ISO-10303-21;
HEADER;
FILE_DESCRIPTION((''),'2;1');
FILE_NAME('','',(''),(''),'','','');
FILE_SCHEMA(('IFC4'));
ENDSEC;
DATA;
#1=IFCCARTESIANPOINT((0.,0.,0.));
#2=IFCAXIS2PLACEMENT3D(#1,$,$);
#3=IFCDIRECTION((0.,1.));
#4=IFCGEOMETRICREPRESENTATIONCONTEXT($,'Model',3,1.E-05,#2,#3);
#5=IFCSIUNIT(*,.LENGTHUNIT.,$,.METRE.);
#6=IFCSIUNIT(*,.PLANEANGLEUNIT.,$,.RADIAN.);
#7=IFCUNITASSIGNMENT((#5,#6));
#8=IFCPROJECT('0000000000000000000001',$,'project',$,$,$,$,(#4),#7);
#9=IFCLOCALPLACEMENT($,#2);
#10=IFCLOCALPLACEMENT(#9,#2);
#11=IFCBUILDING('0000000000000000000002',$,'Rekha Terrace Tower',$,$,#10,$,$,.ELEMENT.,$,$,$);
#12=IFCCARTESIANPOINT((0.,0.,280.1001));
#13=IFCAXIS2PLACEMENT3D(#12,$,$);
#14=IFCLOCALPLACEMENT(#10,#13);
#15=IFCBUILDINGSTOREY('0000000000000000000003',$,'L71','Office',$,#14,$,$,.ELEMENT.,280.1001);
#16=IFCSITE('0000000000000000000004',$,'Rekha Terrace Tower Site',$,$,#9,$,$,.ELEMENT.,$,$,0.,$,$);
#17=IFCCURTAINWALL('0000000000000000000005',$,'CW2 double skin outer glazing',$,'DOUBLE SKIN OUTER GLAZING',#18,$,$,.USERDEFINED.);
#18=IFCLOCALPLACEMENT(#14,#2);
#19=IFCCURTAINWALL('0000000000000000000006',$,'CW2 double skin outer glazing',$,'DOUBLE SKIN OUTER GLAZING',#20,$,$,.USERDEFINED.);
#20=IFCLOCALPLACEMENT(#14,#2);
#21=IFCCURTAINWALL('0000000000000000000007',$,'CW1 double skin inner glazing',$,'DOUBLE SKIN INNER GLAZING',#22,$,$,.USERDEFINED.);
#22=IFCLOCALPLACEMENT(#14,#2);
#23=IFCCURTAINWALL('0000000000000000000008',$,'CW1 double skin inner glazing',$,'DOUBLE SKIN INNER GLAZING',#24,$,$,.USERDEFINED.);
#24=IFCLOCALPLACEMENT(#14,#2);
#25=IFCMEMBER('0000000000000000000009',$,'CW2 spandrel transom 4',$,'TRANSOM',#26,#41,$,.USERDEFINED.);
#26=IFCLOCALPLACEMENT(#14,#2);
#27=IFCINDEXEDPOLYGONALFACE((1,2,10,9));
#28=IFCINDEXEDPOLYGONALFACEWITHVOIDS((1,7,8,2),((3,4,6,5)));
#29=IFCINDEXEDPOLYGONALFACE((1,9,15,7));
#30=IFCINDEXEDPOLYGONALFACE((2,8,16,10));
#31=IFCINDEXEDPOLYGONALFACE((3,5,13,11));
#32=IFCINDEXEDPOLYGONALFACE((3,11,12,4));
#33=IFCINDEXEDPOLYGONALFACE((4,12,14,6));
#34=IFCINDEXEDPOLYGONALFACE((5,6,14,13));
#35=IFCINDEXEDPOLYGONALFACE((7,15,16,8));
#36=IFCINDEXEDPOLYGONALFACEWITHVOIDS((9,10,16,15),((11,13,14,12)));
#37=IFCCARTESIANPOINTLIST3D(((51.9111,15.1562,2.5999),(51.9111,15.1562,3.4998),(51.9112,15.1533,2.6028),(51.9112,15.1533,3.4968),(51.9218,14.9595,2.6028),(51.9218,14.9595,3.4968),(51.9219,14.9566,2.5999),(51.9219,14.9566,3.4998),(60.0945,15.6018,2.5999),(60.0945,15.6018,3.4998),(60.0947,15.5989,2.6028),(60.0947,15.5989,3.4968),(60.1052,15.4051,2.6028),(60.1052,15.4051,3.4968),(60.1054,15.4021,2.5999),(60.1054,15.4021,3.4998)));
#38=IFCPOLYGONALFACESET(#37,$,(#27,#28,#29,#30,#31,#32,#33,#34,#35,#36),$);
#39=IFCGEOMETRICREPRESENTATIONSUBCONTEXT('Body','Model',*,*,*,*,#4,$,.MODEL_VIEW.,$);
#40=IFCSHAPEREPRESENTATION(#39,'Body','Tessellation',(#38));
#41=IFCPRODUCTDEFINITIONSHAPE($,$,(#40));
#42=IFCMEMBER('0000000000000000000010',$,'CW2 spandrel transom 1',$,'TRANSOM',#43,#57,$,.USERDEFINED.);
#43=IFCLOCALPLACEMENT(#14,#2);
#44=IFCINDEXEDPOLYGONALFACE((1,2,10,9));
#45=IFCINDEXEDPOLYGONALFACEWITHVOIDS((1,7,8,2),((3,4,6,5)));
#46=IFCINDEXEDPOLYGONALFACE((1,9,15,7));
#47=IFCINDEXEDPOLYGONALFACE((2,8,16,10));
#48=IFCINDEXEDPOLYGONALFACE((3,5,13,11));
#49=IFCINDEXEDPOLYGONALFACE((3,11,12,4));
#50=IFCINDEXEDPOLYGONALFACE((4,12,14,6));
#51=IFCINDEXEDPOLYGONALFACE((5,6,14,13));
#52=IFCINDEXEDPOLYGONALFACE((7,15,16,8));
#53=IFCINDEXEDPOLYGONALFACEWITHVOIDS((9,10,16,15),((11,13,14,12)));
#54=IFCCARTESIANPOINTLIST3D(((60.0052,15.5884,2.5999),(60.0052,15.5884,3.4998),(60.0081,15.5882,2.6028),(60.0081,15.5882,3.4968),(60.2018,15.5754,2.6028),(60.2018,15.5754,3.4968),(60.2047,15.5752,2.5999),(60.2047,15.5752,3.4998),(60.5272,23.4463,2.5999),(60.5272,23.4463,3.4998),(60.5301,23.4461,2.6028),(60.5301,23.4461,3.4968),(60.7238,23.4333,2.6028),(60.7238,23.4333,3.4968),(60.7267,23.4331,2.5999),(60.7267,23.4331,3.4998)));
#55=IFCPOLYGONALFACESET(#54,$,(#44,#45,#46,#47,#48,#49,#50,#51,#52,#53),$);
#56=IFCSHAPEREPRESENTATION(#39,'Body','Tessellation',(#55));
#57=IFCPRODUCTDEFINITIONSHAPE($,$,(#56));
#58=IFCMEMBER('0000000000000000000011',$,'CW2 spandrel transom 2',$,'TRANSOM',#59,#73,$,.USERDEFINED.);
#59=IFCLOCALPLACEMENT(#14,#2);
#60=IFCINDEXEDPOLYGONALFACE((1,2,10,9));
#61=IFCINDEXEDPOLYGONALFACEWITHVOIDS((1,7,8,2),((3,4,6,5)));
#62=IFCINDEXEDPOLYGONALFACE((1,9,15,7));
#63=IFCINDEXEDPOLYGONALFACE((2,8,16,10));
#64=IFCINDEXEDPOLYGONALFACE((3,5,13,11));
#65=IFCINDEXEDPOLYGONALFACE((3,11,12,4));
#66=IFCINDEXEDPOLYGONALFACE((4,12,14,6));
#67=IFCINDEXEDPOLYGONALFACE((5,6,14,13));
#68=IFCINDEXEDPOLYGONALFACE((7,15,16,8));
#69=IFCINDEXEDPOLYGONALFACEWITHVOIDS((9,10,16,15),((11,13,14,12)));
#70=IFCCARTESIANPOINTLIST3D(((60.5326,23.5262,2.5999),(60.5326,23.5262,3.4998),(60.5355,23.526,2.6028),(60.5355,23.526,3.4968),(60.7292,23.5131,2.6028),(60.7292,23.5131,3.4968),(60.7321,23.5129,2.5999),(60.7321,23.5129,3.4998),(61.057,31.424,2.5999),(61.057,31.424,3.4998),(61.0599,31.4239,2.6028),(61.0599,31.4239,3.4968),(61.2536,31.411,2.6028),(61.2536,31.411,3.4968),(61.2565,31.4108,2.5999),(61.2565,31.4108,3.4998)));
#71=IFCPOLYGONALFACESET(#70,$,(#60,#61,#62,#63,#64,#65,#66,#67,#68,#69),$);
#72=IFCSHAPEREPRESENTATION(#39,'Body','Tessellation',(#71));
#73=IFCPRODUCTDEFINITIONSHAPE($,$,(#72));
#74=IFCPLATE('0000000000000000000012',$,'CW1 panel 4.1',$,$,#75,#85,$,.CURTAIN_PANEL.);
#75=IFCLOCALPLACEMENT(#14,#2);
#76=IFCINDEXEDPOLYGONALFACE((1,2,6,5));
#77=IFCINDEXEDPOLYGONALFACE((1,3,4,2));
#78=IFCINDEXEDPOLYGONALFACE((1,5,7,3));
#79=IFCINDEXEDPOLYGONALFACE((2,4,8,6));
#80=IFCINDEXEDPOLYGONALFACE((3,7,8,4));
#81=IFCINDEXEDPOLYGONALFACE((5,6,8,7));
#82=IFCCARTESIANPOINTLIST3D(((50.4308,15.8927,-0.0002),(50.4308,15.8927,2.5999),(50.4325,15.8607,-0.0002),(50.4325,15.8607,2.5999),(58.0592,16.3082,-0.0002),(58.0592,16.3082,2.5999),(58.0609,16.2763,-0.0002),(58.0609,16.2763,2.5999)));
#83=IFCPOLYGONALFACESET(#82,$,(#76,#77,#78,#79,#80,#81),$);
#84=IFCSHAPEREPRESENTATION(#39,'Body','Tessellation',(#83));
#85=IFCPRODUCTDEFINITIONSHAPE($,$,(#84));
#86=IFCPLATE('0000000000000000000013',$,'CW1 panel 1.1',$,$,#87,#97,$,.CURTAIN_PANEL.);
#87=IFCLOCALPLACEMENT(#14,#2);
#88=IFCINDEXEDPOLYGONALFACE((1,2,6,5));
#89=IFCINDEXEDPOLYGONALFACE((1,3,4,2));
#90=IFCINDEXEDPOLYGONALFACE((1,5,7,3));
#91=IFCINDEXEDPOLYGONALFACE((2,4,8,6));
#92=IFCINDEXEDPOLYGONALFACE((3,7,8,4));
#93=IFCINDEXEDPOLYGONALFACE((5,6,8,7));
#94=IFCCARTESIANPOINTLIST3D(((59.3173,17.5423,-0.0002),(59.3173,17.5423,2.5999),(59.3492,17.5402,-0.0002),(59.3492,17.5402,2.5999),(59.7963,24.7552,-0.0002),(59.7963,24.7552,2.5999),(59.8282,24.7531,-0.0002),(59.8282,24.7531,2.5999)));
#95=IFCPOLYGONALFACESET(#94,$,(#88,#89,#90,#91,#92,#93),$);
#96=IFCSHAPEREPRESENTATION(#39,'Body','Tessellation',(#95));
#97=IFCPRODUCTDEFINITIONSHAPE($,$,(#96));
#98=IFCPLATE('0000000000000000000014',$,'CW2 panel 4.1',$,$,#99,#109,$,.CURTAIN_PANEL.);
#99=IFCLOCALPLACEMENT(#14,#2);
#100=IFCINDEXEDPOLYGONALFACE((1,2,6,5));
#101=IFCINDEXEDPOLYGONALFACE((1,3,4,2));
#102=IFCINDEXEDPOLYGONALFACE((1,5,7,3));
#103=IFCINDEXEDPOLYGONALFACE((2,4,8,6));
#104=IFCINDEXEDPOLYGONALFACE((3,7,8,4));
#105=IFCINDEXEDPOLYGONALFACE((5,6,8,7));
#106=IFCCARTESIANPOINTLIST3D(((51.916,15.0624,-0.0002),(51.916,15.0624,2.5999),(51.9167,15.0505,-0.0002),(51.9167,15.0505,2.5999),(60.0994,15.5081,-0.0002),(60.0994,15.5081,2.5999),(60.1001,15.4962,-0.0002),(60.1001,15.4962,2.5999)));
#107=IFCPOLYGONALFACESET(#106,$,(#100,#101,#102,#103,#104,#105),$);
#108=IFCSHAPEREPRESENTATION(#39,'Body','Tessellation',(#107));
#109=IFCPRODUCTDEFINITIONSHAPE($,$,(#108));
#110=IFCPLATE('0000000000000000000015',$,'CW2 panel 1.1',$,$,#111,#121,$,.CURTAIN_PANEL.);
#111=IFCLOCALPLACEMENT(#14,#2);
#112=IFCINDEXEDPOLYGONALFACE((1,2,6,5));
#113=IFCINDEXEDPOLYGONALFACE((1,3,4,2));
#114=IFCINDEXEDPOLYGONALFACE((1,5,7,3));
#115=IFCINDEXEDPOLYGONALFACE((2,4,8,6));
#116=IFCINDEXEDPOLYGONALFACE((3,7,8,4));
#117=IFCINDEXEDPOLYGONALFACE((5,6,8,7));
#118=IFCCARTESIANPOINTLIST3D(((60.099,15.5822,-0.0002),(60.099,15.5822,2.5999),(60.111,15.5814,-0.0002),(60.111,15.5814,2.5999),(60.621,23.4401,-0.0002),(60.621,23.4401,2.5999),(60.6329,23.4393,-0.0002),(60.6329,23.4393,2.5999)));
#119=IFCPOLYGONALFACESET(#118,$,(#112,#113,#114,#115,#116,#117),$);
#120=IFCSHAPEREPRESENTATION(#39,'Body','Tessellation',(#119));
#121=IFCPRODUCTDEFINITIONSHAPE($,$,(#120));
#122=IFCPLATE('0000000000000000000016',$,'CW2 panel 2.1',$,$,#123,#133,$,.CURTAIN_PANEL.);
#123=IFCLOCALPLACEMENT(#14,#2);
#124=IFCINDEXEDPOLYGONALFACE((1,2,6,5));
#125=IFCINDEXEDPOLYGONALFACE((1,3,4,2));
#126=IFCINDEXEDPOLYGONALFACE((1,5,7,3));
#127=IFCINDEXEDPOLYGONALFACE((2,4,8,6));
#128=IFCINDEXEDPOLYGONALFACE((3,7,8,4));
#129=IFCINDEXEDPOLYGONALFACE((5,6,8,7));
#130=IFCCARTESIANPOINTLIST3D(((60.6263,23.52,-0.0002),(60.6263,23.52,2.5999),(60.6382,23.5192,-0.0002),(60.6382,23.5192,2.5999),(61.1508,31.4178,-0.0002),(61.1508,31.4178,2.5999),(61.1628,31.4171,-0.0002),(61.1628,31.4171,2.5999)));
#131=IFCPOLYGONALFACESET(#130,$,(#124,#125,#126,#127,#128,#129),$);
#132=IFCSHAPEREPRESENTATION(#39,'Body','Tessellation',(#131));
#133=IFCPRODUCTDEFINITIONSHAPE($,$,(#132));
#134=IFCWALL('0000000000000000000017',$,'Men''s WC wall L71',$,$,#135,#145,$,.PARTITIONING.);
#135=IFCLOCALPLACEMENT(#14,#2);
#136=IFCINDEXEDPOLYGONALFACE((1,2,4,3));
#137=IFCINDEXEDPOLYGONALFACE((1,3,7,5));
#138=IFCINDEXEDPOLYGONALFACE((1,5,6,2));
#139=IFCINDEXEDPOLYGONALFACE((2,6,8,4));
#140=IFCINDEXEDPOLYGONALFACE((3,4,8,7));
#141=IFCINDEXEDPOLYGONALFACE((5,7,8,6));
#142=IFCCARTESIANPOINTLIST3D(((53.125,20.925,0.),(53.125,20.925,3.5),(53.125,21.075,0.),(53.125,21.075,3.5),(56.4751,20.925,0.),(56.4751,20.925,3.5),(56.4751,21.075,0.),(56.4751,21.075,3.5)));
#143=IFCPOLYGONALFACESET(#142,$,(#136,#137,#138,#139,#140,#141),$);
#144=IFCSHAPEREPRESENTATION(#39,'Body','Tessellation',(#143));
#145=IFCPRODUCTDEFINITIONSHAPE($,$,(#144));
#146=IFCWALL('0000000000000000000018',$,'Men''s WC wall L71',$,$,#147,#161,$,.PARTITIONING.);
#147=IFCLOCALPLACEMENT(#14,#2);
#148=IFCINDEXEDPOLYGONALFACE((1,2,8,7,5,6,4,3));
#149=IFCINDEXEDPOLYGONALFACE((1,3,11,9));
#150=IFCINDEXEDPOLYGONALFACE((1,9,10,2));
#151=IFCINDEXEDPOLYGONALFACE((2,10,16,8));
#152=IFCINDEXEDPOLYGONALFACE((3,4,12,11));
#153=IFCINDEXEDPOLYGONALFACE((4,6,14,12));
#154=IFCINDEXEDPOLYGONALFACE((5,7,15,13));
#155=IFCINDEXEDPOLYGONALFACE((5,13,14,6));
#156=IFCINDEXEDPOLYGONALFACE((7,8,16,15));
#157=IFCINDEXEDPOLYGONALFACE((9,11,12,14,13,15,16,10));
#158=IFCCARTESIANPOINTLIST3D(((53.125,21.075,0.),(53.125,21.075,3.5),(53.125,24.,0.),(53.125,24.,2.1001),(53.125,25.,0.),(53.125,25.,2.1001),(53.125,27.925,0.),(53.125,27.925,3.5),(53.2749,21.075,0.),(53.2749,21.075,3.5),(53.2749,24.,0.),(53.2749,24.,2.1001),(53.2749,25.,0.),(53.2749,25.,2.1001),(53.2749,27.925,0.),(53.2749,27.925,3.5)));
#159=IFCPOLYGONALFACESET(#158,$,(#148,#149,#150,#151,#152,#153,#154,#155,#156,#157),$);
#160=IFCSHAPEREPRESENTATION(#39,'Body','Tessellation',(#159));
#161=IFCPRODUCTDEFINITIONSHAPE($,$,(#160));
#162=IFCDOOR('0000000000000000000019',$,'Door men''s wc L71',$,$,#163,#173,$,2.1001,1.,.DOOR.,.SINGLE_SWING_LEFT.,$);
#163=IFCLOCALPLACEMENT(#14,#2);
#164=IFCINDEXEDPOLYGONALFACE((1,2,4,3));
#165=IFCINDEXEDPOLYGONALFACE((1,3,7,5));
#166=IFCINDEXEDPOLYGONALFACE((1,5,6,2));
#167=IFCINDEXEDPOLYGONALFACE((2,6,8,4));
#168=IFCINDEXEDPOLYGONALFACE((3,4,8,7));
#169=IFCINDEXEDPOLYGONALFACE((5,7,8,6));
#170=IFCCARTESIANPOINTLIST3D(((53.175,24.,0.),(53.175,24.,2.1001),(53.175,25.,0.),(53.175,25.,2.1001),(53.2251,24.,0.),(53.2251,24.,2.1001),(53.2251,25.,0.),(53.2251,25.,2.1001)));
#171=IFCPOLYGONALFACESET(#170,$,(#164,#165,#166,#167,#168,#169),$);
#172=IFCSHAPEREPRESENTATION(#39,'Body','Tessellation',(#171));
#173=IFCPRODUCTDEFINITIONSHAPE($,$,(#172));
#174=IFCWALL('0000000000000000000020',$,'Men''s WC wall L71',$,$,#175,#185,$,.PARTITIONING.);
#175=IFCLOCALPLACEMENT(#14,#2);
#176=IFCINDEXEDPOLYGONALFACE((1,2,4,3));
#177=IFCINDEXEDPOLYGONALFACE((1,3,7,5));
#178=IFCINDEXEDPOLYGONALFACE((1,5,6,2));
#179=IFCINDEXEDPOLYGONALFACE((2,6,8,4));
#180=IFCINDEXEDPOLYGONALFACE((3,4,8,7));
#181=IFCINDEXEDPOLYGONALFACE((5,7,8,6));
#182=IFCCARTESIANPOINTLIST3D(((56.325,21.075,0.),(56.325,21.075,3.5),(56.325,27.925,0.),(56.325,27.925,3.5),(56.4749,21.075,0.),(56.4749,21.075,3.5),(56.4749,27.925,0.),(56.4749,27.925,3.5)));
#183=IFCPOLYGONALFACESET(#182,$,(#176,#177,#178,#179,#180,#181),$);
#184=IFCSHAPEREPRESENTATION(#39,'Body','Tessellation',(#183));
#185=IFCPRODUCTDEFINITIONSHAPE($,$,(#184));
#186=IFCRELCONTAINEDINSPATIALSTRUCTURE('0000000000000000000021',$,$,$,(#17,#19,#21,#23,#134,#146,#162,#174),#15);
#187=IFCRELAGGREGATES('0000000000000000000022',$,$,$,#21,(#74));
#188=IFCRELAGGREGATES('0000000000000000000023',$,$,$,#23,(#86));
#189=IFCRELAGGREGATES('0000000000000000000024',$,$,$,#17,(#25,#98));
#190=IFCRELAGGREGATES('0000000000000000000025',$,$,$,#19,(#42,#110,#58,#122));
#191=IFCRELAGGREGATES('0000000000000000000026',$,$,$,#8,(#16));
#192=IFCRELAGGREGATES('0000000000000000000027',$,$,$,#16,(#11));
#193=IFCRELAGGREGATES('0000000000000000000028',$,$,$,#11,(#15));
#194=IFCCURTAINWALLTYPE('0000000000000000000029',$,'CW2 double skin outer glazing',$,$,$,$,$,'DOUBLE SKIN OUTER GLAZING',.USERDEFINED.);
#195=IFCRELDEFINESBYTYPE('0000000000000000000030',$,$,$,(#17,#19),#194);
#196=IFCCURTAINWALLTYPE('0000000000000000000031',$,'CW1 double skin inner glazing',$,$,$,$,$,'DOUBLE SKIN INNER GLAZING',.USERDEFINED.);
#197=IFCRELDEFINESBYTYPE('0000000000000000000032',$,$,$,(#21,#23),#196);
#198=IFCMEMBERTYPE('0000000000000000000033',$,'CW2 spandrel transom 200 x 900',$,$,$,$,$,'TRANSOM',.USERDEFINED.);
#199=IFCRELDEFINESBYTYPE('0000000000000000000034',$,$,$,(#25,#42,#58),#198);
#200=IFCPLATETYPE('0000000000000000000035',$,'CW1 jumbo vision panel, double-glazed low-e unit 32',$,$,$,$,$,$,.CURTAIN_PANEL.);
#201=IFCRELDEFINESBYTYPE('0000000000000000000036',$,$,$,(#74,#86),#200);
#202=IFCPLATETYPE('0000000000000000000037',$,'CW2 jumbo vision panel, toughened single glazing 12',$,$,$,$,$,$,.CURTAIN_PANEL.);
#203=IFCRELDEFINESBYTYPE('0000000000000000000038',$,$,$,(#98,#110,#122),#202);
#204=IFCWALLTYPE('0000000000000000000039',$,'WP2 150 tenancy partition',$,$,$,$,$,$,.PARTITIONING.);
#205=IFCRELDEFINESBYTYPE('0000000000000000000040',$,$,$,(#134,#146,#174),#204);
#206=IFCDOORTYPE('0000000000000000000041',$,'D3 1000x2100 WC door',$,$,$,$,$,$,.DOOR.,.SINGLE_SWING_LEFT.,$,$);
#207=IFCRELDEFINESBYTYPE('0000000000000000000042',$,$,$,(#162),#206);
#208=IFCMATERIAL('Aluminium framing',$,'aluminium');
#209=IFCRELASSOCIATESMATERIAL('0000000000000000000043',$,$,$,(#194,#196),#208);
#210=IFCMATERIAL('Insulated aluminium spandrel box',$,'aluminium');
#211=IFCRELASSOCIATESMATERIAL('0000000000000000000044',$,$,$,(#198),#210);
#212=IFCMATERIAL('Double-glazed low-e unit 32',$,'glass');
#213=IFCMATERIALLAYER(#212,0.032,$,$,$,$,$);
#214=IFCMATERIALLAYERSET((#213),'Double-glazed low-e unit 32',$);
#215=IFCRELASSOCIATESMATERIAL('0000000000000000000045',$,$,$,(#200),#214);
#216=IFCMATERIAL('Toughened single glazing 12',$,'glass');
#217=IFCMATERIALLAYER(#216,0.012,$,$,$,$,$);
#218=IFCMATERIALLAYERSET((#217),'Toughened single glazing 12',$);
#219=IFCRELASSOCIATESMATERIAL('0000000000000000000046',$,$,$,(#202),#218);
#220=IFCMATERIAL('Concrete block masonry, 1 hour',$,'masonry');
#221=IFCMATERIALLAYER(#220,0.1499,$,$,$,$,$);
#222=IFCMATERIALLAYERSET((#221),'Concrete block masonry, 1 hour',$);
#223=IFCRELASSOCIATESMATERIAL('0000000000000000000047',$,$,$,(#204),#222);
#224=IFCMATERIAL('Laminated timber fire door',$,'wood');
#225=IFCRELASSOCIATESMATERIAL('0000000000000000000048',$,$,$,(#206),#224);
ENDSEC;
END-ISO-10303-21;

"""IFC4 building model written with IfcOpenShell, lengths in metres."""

from ifc_helpers import new_model, si_unit, direction, frame, frame_2d, origin, origin_2d, place, context, subcontext, project, spatial, rectangle, hollow_rectangle, extrude, material, layer, layer_set, material_profile, profile_set, type_object, element, fill, aggregate, save


model = new_model("IFC4")

# Units and contexts
model_context = context("Model", 3, precision=1e-05, world=origin(), true_north=direction((0.0, 1.0)))
body_context = subcontext(model_context, "Body", "Model", "MODEL_VIEW")
ifc_project = project(units=[si_unit("LENGTHUNIT", "METRE"), si_unit("PLANEANGLEUNIT", "RADIAN")], contexts=[model_context])

# Site, building, storey
site_placement = place(None, origin())
site = spatial("IfcSite", under=ifc_project, at=site_placement, Name="Rekha Terrace Tower Site", CompositionType="ELEMENT", RefElevation=0.0)
building_placement = place(site_placement, origin())
building = spatial("IfcBuilding", under=site, at=building_placement, Name="Rekha Terrace Tower", CompositionType="ELEMENT")
storey_placement = place(building_placement, frame((0.0, 0.0, 280.1001)))
storey = spatial("IfcBuildingStorey", under=building, at=storey_placement, Name="L71", Description="Office", CompositionType="ELEMENT", Elevation=280.1001)

# Curtain walls
ifc_material_1 = material(Name="Aluminium framing", Category="aluminium")
curtain_wall_type_1 = type_object("IfcCurtainWallType", Name="CW2 double skin outer glazing", ElementType="DOUBLE SKIN OUTER GLAZING", PredefinedType="USERDEFINED", material=ifc_material_1)
curtain_wall_1_placement = place(storey_placement, origin())
curtain_wall_1 = element("IfcCurtainWall", 1, at=curtain_wall_1_placement, inside=storey, type_object=curtain_wall_type_1, Name="CW2 double skin outer glazing", ObjectType="DOUBLE SKIN OUTER GLAZING", PredefinedType="USERDEFINED")
curtain_wall_2_placement = place(storey_placement, origin())
curtain_wall_2 = element("IfcCurtainWall", 2, at=curtain_wall_2_placement, inside=storey, type_object=curtain_wall_type_1, Name="CW2 double skin outer glazing", ObjectType="DOUBLE SKIN OUTER GLAZING", PredefinedType="USERDEFINED")
curtain_wall_type_2 = type_object("IfcCurtainWallType", Name="CW1 double skin inner glazing", ElementType="DOUBLE SKIN INNER GLAZING", PredefinedType="USERDEFINED", material=ifc_material_1)
curtain_wall_3_placement = place(storey_placement, origin())
curtain_wall_3 = element("IfcCurtainWall", 3, at=curtain_wall_3_placement, inside=storey, type_object=curtain_wall_type_2, Name="CW1 double skin inner glazing", ObjectType="DOUBLE SKIN INNER GLAZING", PredefinedType="USERDEFINED")

# Curtain wall
curtain_wall_4_placement = place(storey_placement, origin())
curtain_wall_4 = element("IfcCurtainWall", 4, at=curtain_wall_4_placement, inside=storey, type_object=curtain_wall_type_2, Name="CW1 double skin inner glazing", ObjectType="DOUBLE SKIN INNER GLAZING", PredefinedType="USERDEFINED")
ifc_material_2 = material(Name="Insulated aluminium spandrel box", Category="aluminium")

# Members
ifc_material_profile_1 = material_profile(ifc_material_2, hollow_rectangle(XDim=0.2, YDim=0.8999, WallThickness=0.0029, at=origin_2d()), Name="AL SPANDREL BOX 200x900")
ifc_profile_set_1 = profile_set([ifc_material_profile_1], Name="Insulated aluminium spandrel box")
member_type_1 = type_object("IfcMemberType", Name="CW2 spandrel transom 200 x 900", ElementType="TRANSOM", PredefinedType="USERDEFINED", material=ifc_profile_set_1)
member_1_placement = place(storey_placement, frame((51.9165, 15.0564, 3.0498), z_axis=(0.998521, 0.054366, 0.0), x_axis=(-0.054366, 0.998521, 0.0)))
member_1 = element("IfcMember", 5, at=member_1_placement, type_object=member_type_1, Name="CW2 spandrel transom 4", ObjectType="TRANSOM", PredefinedType="USERDEFINED", context=body_context, shape_type="SweptSolid", body=[
    extrude(hollow_rectangle(XDim=0.2, YDim=0.8999, WallThickness=0.0029, at=origin_2d()), origin(), (0.0, 0.0, 1.0), 8.1956),
])
member_2_placement = place(storey_placement, frame((60.105, 15.5818, 3.0498), z_axis=(0.06628, 0.997801, 0.0), x_axis=(-0.997801, 0.06628, 0.0)))
member_2 = element("IfcMember", 6, at=member_2_placement, type_object=member_type_1, Name="CW2 spandrel transom 1", ObjectType="TRANSOM", PredefinedType="USERDEFINED", context=body_context, shape_type="SweptSolid", body=[
    extrude(hollow_rectangle(XDim=0.2, YDim=0.8999, WallThickness=0.0029, at=origin_2d()), origin(), (0.0, 0.0, 1.0), 7.8752),
])
member_3_placement = place(storey_placement, frame((60.6323, 23.5195, 3.0498), z_axis=(0.066253, 0.997803, 0.0), x_axis=(-0.997803, 0.066253, 0.0)))
member_3 = element("IfcMember", 7, at=member_3_placement, type_object=member_type_1, Name="CW2 spandrel transom 2", ObjectType="TRANSOM", PredefinedType="USERDEFINED", context=body_context, shape_type="SweptSolid", body=[
    extrude(hollow_rectangle(XDim=0.2, YDim=0.8999, WallThickness=0.0029, at=origin_2d()), origin(), (0.0, 0.0, 1.0), 7.9153),
])

# Plates
ifc_material_3 = material(Name="Double-glazed low-e unit 32", Category="glass")
ifc_layer_1 = layer(ifc_material_3, 0.032)
ifc_layer_set_1 = layer_set([ifc_layer_1], Name="Double-glazed low-e unit 32")
plate_type_1 = type_object("IfcPlateType", Name="CW1 jumbo vision panel, double-glazed low-e unit 32", PredefinedType="CURTAIN_PANEL", material=ifc_layer_set_1)
plate_1_placement = place(storey_placement, frame((54.2458, 16.0845, -0.0002), z_axis=(0.0, 0.0, 1.0), x_axis=(0.99852, 0.054389, 0.0)))
plate_1 = element("IfcPlate", 8, at=plate_1_placement, type_object=plate_type_1, Name="CW1 panel 4.1", PredefinedType="CURTAIN_PANEL", context=body_context, shape_type="SweptSolid", body=[
    extrude(rectangle(XDim=7.6396, YDim=0.032, at=origin_2d()), origin(), (0.0, 0.0, 1.0), 2.6001),
])
aggregate(curtain_wall_3, [plate_1])
plate_2_placement = place(storey_placement, frame((59.5728, 21.1477, -0.0002), z_axis=(0.0, 0.0, 1.0), x_axis=(0.066272, 0.997802, 0.0)))
plate_2 = element("IfcPlate", 9, at=plate_2_placement, type_object=plate_type_1, Name="CW1 panel 1.1", PredefinedType="CURTAIN_PANEL", context=body_context, shape_type="SweptSolid", body=[
    extrude(rectangle(XDim=7.2288, YDim=0.032, at=origin_2d()), origin(), (0.0, 0.0, 1.0), 2.6001),
])
aggregate(curtain_wall_4, [plate_2])
ifc_material_4 = material(Name="Toughened single glazing 12", Category="glass")
ifc_layer_2 = layer(ifc_material_4, 0.012)
ifc_layer_set_2 = layer_set([ifc_layer_2], Name="Toughened single glazing 12")
plate_type_2 = type_object("IfcPlateType", Name="CW2 jumbo vision panel, toughened single glazing 12", PredefinedType="CURTAIN_PANEL", material=ifc_layer_set_2)
plate_3_placement = place(storey_placement, frame((56.0081, 15.2793, -0.0002), z_axis=(0.0, 0.0, 1.0), x_axis=(0.99852, 0.054389, 0.0)))
plate_3 = element("IfcPlate", 10, at=plate_3_placement, type_object=plate_type_2, Name="CW2 panel 4.1", PredefinedType="CURTAIN_PANEL", context=body_context, shape_type="SweptSolid", body=[
    extrude(rectangle(XDim=8.1956, YDim=0.012, at=origin_2d()), origin(), (0.0, 0.0, 1.0), 2.6001),
])
aggregate(curtain_wall_1, [member_1, plate_3])
plate_4_placement = place(storey_placement, frame((60.366, 19.5107, -0.0002), z_axis=(0.0, 0.0, 1.0), x_axis=(0.066272, 0.997802, 0.0)))
plate_4 = element("IfcPlate", 11, at=plate_4_placement, type_object=plate_type_2, Name="CW2 panel 1.1", PredefinedType="CURTAIN_PANEL", context=body_context, shape_type="SweptSolid", body=[
    extrude(rectangle(XDim=7.8752, YDim=0.012, at=origin_2d()), origin(), (0.0, 0.0, 1.0), 2.6001),
])
plate_5_placement = place(storey_placement, frame((60.8945, 27.4685, -0.0002), z_axis=(0.0, 0.0, 1.0), x_axis=(0.066272, 0.997802, 0.0)))
plate_5 = element("IfcPlate", 12, at=plate_5_placement, type_object=plate_type_2, Name="CW2 panel 2.1", PredefinedType="CURTAIN_PANEL", context=body_context, shape_type="SweptSolid", body=[
    extrude(rectangle(XDim=7.9153, YDim=0.012, at=origin_2d()), origin(), (0.0, 0.0, 1.0), 2.6001),
])
aggregate(curtain_wall_2, [member_2, plate_4, member_3, plate_5])

# Wall
ifc_material_5 = material(Name="Concrete block masonry, 1 hour", Category="masonry")
ifc_layer_3 = layer(ifc_material_5, 0.1499)
ifc_layer_set_3 = layer_set([ifc_layer_3], Name="Concrete block masonry, 1 hour")
wall_type_1 = type_object("IfcWallType", Name="WP2 150 tenancy partition", PredefinedType="PARTITIONING", material=ifc_layer_set_3)
wall_1_placement = place(storey_placement, frame((53.125, 21.0, 0.0), z_axis=(0.0, 0.0, 1.0), x_axis=(1.0, 0.0, 0.0)))
element("IfcWall", 13, at=wall_1_placement, inside=storey, type_object=wall_type_1, Name="Men's WC wall L71", PredefinedType="PARTITIONING", context=body_context, shape_type="SweptSolid", body=[
    extrude(rectangle(XDim=3.3501, YDim=0.1499, at=frame_2d((1.675, 0.0))), origin(), (0.0, 0.0, 1.0), 3.5),
])

# Wall, opening, door
wall_2_placement = place(storey_placement, frame((53.2, 21.075, 0.0), z_axis=(0.0, 0.0, 1.0), x_axis=(0.0, 1.0, 0.0)))
wall_2 = element("IfcWall", 14, at=wall_2_placement, inside=storey, type_object=wall_type_1, Name="Men's WC wall L71", PredefinedType="PARTITIONING", context=body_context, shape_type="SweptSolid", body=[
    extrude(rectangle(XDim=6.8501, YDim=0.1499, at=frame_2d((3.425, 0.0))), origin(), (0.0, 0.0, 1.0), 3.5),
])
opening_placement = place(wall_2_placement, frame((2.925, 0.0, 0.0)))
opening = element("IfcOpeningElement", 15, at=opening_placement, cuts=wall_2, PredefinedType="OPENING", context=body_context, shape_type="SweptSolid", body=[
    extrude(rectangle(XDim=1.0, YDim=2.1001, at=frame_2d((0.5, 1.05))), frame((0.0, 0.085, 0.0), z_axis=(0.0, -1.0, 0.0), x_axis=(1.0, 0.0, 0.0)), (0.0, 0.0, 1.0), 0.1699),
])
ifc_material_6 = material(Name="Laminated timber fire door", Category="wood")
door_type = type_object("IfcDoorType", Name="D3 1000x2100 WC door", OperationType="SINGLE_SWING_LEFT", PredefinedType="DOOR", material=ifc_material_6)
door_placement = place(opening_placement, origin())
door = element("IfcDoor", 16, at=door_placement, inside=storey, type_object=door_type, Name="Door men's wc L71", OperationType="SINGLE_SWING_LEFT", OverallHeight=2.1001, OverallWidth=1.0, PredefinedType="DOOR", context=body_context, shape_type="SweptSolid", body=[
    extrude(rectangle(XDim=1.0, YDim=2.1001, at=frame_2d((0.5, 1.05))), frame((0.0, 0.0249, 0.0), z_axis=(0.0, -1.0, 0.0), x_axis=(1.0, 0.0, 0.0)), (0.0, 0.0, 1.0), 0.05),
])
fill(opening, door)

# Wall
wall_3_placement = place(storey_placement, frame((56.3999, 21.075, 0.0), z_axis=(0.0, 0.0, 1.0), x_axis=(0.0, 1.0, 0.0)))
element("IfcWall", 17, at=wall_3_placement, inside=storey, type_object=wall_type_1, Name="Men's WC wall L71", PredefinedType="PARTITIONING", context=body_context, shape_type="SweptSolid", body=[
    extrude(rectangle(XDim=6.8501, YDim=0.1499, at=frame_2d((3.425, 0.0))), origin(), (0.0, 0.0, 1.0), 3.5),
])

save(model, "model.ifc")
